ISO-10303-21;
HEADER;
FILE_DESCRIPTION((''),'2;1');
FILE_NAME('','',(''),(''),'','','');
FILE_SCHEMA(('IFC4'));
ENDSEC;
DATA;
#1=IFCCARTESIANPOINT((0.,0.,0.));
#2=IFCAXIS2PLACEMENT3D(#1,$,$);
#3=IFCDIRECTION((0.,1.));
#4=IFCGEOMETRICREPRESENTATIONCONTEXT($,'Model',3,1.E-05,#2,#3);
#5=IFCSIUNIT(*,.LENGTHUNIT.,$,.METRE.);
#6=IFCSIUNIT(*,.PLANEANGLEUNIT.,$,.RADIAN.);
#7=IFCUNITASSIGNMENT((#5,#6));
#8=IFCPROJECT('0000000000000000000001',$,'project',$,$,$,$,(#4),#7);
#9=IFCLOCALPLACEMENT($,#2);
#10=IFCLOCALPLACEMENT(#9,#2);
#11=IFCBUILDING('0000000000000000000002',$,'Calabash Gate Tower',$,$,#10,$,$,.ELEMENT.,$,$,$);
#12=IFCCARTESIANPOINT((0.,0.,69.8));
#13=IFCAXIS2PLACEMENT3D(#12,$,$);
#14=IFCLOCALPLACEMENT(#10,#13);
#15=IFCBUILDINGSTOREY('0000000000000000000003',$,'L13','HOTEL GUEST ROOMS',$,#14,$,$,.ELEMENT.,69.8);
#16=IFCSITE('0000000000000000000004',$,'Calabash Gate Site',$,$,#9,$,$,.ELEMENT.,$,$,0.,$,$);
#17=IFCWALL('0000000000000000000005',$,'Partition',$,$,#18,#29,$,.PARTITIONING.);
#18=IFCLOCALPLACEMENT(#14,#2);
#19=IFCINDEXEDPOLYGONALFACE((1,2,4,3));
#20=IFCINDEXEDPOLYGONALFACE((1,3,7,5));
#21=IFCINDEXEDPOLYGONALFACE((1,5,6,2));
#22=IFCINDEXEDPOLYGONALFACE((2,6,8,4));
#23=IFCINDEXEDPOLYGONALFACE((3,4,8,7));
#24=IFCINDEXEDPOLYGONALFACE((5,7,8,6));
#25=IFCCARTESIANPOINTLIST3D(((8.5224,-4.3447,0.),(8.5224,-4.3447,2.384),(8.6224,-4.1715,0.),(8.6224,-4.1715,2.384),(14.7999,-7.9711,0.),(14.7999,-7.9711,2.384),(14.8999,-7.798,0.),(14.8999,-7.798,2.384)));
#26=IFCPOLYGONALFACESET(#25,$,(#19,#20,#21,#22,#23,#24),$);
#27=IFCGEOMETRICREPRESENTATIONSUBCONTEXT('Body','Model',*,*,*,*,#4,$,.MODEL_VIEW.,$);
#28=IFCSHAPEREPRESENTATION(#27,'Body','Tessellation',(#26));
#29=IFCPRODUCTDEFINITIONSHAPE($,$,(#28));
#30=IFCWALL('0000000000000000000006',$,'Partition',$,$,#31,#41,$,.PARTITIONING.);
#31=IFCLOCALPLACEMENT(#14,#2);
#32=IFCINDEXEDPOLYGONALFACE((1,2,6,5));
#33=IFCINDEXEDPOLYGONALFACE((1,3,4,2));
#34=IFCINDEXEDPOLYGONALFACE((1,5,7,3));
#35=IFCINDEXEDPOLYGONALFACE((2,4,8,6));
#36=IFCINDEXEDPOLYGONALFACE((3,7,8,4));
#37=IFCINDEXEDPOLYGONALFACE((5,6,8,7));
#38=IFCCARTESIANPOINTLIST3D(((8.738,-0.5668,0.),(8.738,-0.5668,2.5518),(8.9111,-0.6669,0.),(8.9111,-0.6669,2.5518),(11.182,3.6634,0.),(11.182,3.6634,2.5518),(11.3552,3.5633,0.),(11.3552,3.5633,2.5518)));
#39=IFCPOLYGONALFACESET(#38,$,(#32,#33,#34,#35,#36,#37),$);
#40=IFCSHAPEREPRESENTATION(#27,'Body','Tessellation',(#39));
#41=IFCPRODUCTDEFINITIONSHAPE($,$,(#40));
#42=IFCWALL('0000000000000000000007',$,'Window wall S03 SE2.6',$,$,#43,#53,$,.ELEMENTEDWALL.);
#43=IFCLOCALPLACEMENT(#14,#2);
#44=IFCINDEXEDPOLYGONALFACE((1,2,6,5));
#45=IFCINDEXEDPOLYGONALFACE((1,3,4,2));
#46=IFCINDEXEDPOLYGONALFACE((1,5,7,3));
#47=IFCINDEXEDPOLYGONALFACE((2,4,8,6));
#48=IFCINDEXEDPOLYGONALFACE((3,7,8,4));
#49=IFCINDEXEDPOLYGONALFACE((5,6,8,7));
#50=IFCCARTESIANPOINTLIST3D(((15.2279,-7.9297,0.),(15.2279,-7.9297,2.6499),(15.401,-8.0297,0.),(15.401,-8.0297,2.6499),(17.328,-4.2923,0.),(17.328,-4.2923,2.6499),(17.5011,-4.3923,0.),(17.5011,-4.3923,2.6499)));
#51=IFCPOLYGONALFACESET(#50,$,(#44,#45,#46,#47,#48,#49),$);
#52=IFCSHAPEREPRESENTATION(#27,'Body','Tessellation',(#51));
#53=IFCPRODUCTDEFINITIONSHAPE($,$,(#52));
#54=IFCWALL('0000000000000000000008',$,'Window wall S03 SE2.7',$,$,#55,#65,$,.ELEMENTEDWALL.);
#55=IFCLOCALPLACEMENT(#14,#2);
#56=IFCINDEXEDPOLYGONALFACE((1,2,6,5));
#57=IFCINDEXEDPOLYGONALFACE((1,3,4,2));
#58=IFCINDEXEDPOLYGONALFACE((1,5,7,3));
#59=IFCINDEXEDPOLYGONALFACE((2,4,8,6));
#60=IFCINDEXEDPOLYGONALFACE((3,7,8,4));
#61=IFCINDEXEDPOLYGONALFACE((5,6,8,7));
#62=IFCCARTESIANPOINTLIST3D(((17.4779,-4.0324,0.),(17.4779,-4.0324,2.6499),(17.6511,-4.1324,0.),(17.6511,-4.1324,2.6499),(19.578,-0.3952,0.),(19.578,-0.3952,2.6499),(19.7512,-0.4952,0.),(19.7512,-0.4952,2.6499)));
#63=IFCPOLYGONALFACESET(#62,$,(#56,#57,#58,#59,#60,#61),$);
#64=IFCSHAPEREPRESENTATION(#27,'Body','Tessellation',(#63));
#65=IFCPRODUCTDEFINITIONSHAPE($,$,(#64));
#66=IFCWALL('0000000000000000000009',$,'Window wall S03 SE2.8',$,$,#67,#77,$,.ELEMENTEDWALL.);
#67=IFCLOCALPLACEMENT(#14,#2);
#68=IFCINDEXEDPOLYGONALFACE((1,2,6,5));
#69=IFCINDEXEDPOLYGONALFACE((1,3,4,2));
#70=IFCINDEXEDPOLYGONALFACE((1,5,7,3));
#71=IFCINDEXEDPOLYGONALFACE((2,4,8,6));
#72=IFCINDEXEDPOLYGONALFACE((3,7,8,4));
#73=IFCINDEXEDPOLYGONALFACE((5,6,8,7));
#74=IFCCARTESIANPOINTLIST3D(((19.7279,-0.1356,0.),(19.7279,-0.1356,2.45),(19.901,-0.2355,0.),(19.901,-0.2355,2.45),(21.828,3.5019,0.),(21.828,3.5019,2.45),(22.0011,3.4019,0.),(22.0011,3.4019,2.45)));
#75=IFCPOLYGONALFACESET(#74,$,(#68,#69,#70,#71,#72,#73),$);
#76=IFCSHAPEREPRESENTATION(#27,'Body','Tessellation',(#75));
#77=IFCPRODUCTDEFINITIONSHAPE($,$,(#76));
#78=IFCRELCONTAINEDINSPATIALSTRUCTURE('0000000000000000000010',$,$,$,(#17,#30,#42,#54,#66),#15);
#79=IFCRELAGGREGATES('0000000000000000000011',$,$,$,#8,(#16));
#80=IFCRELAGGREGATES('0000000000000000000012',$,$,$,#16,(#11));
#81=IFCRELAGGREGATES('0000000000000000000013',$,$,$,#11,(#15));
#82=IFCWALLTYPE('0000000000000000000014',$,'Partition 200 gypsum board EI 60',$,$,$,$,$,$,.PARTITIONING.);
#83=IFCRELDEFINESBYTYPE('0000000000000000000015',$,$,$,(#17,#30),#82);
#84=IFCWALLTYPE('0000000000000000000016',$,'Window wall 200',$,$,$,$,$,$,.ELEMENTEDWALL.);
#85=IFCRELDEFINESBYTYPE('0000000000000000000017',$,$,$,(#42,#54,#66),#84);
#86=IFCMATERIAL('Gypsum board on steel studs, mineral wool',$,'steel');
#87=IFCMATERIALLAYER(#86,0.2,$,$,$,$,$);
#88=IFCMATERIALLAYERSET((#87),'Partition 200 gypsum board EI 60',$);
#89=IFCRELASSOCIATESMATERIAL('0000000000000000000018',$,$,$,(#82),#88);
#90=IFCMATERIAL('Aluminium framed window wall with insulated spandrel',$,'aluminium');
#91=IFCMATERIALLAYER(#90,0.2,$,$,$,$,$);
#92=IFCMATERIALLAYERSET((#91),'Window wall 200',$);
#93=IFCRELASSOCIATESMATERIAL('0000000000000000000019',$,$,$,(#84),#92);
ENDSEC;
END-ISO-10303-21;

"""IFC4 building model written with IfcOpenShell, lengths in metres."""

from ifc_helpers import new_model, si_unit, direction, frame, frame_2d, origin, place, context, subcontext, project, spatial, rectangle, extrude, material, layer, layer_set, type_object, element, save


model = new_model("IFC4")

# Units and contexts
model_context = context("Model", 3, precision=1e-05, world=origin(), true_north=direction((0.0, 1.0)))
body_context = subcontext(model_context, "Body", "Model", "MODEL_VIEW")
ifc_project = project(units=[si_unit("LENGTHUNIT", "METRE"), si_unit("PLANEANGLEUNIT", "RADIAN")], contexts=[model_context])

# Site, building, storey
site_placement = place(None, origin())
site = spatial("IfcSite", under=ifc_project, at=site_placement, Name="Calabash Gate Site", CompositionType="ELEMENT", RefElevation=0.0)
building_placement = place(site_placement, origin())
building = spatial("IfcBuilding", under=site, at=building_placement, Name="Calabash Gate Tower", CompositionType="ELEMENT")
storey_placement = place(building_placement, frame((0.0, 0.0, 69.8)))
storey = spatial("IfcBuildingStorey", under=building, at=storey_placement, Name="L13", Description="HOTEL GUEST ROOMS", CompositionType="ELEMENT", Elevation=69.8)

# Walls
ifc_material_1 = material(Name="Gypsum board on steel studs, mineral wool", Category="steel")
ifc_layer_1 = layer(ifc_material_1, 0.2)
ifc_layer_set_1 = layer_set([ifc_layer_1], Name="Partition 200 gypsum board EI 60")
wall_type_1 = type_object("IfcWallType", Name="Partition 200 gypsum board EI 60", PredefinedType="PARTITIONING", material=ifc_layer_set_1)
wall_1_placement = place(storey_placement, frame((8.5723, -4.2581, 0.0), z_axis=(0.0, 0.0, 1.0), x_axis=(0.8659, -0.500217, 0.0)))
element("IfcWall", 1, at=wall_1_placement, inside=storey, type_object=wall_type_1, Name="Partition", PredefinedType="PARTITIONING", context=body_context, shape_type="SweptSolid", body=[
    extrude(rectangle(XDim=7.2498, YDim=0.2, at=frame_2d((3.625, 0.0))), origin(), (0.0, 0.0, 1.0), 2.384),
])
wall_2_placement = place(storey_placement, frame((8.8245, -0.6169, 0.0), z_axis=(0.0, 0.0, 1.0), x_axis=(0.500272, 0.865868, 0.0)))
element("IfcWall", 2, at=wall_2_placement, inside=storey, type_object=wall_type_1, Name="Partition", PredefinedType="PARTITIONING", context=body_context, shape_type="SweptSolid", body=[
    extrude(rectangle(XDim=4.8855, YDim=0.2, at=frame_2d((2.4429, 0.0))), origin(), (0.0, 0.0, 1.0), 2.5518),
])
ifc_material_2 = material(Name="Aluminium framed window wall with insulated spandrel", Category="aluminium")
ifc_layer_2 = layer(ifc_material_2, 0.2)
ifc_layer_set_2 = layer_set([ifc_layer_2], Name="Window wall 200")
wall_type_2 = type_object("IfcWallType", Name="Window wall 200", PredefinedType="ELEMENTEDWALL", material=ifc_layer_set_2)
wall_3_placement = place(storey_placement, frame((15.3145, -7.9797, 0.0), z_axis=(0.0, 0.0, 1.0), x_axis=(0.500003, 0.866024, 0.0)))
element("IfcWall", 3, at=wall_3_placement, inside=storey, type_object=wall_type_2, Name="Window wall S03 SE2.6", PredefinedType="ELEMENTEDWALL", context=body_context, shape_type="SweptSolid", body=[
    extrude(rectangle(XDim=4.2002, YDim=0.2, at=frame_2d((2.1001, 0.0))), origin(), (0.0, 0.0, 1.0), 2.6499),
])
wall_4_placement = place(storey_placement, frame((17.5645, -4.0825, 0.0), z_axis=(0.0, 0.0, 1.0), x_axis=(0.500028, 0.866009, 0.0)))
element("IfcWall", 4, at=wall_4_placement, inside=storey, type_object=wall_type_2, Name="Window wall S03 SE2.7", PredefinedType="ELEMENTEDWALL", context=body_context, shape_type="SweptSolid", body=[
    extrude(rectangle(XDim=4.2, YDim=0.2, at=frame_2d((2.1001, 0.0))), origin(), (0.0, 0.0, 1.0), 2.6499),
])
wall_5_placement = place(storey_placement, frame((19.8145, -0.1855, 0.0), z_axis=(0.0, 0.0, 1.0), x_axis=(0.500003, 0.866024, 0.0)))
element("IfcWall", 5, at=wall_5_placement, inside=storey, type_object=wall_type_2, Name="Window wall S03 SE2.8", PredefinedType="ELEMENTEDWALL", context=body_context, shape_type="SweptSolid", body=[
    extrude(rectangle(XDim=4.2002, YDim=0.2, at=frame_2d((2.1001, 0.0))), origin(), (0.0, 0.0, 1.0), 2.45),
])

save(model, "model.ifc")
